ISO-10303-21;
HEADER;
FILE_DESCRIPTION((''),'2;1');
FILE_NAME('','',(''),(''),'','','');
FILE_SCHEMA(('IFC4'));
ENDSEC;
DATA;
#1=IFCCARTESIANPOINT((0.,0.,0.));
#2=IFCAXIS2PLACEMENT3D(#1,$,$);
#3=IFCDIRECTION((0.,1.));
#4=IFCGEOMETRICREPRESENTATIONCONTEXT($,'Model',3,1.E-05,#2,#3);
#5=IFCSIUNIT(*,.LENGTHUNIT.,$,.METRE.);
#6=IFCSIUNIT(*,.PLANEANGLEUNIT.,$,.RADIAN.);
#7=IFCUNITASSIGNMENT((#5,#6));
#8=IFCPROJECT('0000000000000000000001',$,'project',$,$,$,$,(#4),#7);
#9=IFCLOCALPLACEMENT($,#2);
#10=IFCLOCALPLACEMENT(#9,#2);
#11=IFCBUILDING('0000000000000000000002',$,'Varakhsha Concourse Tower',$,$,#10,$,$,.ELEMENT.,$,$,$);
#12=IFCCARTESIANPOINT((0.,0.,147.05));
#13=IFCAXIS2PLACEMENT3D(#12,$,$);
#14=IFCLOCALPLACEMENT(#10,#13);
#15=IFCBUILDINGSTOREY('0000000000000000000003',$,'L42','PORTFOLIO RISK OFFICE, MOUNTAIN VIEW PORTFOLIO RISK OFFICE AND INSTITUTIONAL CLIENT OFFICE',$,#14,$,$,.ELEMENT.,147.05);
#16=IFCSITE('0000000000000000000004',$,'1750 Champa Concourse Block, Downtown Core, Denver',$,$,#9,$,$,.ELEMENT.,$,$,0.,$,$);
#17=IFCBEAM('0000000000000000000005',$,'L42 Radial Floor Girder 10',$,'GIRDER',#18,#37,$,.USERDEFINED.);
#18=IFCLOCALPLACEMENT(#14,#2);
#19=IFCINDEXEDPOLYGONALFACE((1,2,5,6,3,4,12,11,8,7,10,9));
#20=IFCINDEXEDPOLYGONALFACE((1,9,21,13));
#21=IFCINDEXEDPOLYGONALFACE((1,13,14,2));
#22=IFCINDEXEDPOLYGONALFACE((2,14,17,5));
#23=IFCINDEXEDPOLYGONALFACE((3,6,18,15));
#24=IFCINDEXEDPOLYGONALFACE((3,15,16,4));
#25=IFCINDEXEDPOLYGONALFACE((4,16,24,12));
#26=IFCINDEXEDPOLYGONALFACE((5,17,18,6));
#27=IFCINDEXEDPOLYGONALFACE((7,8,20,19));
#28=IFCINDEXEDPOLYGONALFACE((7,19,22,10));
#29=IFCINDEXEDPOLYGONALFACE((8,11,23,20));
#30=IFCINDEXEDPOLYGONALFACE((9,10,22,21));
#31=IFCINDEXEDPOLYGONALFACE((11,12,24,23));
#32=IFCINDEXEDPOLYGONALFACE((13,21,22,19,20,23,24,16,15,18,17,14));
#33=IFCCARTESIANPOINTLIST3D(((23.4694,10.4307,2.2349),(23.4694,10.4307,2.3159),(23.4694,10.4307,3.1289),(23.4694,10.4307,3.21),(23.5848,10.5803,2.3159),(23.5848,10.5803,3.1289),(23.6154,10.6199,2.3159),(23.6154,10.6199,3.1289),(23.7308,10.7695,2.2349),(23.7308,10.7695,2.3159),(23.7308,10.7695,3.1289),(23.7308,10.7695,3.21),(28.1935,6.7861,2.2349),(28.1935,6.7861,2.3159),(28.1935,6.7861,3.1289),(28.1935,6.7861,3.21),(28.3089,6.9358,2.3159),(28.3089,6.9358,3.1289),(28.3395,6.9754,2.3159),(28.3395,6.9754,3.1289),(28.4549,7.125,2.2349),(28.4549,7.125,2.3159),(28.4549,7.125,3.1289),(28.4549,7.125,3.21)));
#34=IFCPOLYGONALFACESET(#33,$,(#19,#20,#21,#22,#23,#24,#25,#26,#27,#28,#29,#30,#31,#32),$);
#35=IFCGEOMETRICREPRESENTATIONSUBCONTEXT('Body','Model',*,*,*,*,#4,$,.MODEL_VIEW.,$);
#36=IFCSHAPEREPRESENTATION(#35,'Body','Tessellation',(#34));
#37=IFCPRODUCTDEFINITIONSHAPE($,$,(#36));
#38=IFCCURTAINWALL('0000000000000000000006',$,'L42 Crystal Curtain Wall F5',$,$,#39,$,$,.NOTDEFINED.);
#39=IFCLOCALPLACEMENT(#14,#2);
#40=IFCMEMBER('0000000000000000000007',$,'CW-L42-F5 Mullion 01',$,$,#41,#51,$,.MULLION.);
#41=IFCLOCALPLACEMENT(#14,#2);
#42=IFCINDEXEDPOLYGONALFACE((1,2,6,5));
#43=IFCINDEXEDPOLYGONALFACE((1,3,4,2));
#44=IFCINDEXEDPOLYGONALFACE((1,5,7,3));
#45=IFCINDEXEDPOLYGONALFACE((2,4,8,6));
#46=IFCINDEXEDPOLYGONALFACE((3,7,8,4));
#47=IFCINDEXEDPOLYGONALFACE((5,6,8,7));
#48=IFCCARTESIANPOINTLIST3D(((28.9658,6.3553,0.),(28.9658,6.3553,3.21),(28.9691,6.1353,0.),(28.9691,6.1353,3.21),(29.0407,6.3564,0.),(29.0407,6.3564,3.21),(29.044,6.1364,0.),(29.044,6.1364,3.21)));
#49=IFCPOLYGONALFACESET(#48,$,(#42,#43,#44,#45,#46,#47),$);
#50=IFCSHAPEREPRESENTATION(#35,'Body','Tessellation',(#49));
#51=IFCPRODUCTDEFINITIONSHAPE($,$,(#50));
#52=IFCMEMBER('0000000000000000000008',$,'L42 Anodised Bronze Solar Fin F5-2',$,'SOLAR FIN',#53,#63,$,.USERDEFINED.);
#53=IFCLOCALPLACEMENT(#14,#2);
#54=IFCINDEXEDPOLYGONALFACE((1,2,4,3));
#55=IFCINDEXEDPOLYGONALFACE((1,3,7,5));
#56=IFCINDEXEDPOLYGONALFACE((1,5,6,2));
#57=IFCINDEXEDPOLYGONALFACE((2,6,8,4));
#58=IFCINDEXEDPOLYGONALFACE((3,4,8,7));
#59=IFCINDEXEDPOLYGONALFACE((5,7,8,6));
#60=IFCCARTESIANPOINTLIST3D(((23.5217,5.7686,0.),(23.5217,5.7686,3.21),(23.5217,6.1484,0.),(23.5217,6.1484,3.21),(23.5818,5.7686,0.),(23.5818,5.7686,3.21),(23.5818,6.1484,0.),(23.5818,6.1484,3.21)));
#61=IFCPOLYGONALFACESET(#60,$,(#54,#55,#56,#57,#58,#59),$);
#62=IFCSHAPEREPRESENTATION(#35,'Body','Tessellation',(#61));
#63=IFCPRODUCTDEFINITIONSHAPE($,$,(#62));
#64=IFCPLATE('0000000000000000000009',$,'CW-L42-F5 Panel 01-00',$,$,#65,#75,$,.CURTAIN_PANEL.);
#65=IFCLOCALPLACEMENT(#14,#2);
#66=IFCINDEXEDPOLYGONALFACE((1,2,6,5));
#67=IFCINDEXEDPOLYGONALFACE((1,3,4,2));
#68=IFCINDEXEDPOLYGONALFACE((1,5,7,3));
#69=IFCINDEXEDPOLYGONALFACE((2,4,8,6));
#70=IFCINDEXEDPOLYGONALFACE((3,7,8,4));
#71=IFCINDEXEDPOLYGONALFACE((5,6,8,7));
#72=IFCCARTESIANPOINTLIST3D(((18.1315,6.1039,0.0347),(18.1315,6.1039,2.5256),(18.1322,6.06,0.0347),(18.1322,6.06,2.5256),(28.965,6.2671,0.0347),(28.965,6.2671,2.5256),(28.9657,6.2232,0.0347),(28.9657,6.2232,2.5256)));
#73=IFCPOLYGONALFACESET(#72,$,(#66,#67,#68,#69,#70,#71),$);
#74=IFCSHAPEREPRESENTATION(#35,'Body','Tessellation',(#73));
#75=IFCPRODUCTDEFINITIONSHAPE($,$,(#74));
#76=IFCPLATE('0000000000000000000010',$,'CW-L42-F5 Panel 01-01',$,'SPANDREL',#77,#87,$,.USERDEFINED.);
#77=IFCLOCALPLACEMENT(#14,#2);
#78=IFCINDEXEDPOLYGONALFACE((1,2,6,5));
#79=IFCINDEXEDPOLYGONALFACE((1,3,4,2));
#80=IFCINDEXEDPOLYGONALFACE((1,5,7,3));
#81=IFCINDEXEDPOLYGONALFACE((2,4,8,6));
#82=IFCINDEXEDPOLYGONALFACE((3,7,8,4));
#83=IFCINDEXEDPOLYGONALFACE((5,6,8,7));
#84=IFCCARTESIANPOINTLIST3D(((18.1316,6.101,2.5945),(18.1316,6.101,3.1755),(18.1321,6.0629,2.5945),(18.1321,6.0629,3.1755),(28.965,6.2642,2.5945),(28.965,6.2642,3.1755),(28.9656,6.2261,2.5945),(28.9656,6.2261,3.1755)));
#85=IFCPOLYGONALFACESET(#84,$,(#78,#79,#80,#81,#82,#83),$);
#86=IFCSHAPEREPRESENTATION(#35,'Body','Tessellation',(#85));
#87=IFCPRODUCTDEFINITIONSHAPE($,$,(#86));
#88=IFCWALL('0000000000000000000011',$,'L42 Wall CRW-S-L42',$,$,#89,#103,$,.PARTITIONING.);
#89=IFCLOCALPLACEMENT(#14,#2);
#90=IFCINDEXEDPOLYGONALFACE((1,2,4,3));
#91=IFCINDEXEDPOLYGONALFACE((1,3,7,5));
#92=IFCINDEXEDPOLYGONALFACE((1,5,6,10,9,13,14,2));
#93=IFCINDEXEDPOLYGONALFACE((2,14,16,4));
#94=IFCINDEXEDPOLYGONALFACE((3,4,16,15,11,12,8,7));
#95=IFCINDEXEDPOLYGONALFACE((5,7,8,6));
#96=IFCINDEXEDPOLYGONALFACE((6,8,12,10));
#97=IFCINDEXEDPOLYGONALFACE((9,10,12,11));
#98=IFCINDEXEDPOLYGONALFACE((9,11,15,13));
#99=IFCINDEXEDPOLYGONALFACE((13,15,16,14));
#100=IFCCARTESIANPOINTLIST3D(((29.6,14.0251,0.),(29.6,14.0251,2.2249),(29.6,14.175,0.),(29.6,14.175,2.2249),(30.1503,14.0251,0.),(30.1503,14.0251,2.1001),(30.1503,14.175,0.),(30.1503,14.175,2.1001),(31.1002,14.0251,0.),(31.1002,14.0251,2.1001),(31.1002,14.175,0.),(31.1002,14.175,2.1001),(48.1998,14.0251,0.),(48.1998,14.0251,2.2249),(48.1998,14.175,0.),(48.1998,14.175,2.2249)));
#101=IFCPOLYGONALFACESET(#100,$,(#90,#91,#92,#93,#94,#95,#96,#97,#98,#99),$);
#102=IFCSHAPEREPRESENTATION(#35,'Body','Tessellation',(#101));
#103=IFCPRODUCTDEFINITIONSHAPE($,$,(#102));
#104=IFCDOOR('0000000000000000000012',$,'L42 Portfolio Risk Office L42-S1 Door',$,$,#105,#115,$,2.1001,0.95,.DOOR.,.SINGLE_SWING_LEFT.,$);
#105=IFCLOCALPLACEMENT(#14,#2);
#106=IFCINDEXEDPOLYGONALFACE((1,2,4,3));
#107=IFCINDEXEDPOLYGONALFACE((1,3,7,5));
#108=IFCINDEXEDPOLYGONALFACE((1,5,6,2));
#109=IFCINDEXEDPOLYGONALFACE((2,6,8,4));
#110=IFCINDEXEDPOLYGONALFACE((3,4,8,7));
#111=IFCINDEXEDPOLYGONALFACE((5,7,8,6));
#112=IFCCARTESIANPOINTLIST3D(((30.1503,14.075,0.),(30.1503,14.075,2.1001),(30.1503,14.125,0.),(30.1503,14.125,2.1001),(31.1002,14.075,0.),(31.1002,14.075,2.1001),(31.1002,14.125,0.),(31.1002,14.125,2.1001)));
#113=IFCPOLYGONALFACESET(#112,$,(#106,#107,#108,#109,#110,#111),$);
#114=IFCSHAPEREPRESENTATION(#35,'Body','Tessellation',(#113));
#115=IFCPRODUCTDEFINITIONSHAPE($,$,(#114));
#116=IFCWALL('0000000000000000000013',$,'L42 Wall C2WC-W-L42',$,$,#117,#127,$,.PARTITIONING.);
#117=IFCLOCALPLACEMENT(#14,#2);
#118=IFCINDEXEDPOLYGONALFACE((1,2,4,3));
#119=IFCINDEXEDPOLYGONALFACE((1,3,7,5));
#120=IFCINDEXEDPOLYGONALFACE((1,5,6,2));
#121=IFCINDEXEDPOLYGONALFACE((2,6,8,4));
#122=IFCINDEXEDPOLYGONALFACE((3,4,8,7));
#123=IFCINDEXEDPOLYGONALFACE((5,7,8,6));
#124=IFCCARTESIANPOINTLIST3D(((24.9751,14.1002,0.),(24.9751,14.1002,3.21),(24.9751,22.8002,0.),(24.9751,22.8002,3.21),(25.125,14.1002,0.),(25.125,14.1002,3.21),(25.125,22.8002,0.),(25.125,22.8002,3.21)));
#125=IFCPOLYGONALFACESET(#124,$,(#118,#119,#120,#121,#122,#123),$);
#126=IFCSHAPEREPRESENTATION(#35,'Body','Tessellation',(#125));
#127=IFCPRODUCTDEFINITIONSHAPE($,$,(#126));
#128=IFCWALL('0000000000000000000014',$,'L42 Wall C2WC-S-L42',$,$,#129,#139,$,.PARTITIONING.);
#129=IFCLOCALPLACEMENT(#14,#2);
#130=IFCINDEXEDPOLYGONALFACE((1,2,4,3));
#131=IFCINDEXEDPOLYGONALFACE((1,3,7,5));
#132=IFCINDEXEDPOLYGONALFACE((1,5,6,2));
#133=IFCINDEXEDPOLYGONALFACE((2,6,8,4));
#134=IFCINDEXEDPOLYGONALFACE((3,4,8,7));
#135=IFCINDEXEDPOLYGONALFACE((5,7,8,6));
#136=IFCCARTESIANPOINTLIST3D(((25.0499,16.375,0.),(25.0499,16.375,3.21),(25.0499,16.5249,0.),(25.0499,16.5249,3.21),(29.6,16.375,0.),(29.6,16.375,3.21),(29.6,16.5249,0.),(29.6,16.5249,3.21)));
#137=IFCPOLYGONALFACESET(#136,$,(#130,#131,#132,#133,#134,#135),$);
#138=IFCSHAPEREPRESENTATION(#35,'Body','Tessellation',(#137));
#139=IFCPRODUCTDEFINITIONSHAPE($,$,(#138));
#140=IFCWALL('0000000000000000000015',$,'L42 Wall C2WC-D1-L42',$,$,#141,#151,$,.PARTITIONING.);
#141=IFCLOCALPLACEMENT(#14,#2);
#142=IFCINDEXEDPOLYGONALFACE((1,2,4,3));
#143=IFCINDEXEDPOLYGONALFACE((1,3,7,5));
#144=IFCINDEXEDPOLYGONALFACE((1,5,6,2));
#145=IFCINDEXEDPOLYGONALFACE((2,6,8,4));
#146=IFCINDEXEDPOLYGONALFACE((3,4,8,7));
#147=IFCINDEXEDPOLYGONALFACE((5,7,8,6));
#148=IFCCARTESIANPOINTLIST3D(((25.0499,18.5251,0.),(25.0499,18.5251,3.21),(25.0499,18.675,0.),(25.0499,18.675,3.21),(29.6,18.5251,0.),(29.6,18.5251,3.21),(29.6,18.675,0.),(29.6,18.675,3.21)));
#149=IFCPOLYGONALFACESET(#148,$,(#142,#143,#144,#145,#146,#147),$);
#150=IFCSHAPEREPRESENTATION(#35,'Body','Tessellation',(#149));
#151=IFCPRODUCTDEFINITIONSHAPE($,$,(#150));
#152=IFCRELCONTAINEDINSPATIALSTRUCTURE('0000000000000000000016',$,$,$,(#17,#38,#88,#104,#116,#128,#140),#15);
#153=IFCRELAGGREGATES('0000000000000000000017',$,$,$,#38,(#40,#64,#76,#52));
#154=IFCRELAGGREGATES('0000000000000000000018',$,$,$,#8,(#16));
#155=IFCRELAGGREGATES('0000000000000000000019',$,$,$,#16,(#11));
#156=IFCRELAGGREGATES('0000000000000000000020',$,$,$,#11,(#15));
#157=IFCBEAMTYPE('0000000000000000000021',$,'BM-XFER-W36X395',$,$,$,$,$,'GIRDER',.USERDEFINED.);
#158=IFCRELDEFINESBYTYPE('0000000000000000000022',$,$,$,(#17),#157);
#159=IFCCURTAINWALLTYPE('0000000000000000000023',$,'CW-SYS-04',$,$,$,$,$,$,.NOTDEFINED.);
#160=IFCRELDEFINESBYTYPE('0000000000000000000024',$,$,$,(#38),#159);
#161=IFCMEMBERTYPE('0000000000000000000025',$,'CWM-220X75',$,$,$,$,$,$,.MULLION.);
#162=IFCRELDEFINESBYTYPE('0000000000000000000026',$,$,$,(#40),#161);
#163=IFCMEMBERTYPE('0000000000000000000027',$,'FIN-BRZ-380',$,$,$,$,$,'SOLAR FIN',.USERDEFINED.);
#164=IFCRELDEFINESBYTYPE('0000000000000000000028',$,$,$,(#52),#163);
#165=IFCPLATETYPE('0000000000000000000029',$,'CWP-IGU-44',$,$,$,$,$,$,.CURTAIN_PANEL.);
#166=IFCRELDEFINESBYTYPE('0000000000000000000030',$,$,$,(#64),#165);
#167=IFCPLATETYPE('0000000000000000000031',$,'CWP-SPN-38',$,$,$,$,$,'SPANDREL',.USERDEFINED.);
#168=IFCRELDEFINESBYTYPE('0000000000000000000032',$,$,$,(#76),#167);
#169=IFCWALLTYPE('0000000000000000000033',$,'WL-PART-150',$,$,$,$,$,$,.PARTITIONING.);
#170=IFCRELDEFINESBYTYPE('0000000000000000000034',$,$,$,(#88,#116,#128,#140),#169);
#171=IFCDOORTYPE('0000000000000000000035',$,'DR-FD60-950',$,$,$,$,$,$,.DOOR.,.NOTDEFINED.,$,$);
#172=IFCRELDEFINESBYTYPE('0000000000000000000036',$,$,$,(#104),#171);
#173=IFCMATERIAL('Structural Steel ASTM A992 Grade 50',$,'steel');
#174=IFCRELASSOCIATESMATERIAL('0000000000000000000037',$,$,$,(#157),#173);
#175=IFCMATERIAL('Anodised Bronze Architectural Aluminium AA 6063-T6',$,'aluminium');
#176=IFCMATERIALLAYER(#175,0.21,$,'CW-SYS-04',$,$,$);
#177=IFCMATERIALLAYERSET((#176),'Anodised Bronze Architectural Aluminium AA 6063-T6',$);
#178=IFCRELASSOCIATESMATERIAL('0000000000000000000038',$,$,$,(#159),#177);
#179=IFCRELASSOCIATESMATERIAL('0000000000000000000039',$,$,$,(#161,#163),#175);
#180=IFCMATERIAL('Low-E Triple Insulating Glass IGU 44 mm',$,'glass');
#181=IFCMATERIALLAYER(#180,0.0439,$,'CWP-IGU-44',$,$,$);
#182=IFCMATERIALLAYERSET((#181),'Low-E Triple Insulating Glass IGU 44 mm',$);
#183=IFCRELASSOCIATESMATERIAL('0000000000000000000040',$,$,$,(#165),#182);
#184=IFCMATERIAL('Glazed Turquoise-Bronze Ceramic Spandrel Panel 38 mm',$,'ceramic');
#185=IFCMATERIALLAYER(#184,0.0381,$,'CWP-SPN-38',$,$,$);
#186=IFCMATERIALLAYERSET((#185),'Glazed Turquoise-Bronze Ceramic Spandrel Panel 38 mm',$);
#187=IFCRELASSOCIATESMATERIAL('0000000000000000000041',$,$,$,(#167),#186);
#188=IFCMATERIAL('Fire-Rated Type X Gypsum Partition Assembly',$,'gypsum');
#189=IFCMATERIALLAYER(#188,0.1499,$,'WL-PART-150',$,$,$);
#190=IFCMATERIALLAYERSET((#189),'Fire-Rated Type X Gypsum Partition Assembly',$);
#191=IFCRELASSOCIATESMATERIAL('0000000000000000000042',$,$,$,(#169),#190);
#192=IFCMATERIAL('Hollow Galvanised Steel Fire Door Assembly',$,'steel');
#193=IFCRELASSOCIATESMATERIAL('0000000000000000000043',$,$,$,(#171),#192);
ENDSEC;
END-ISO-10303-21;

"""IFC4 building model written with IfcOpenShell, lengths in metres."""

from ifc_helpers import new_model, si_unit, direction, frame, frame_2d, origin, origin_2d, place, context, subcontext, project, spatial, rectangle, i_section, extrude, source, transform, mapped, material, layer, layer_set, material_profile, profile_set, type_object, type_shapes, element, fill, aggregate, save


model = new_model("IFC4")

# Units and contexts
model_context = context("Model", 3, precision=1e-05, world=origin(), true_north=direction((0.0, 1.0)))
body_context = subcontext(model_context, "Body", "Model", "MODEL_VIEW")
ifc_project = project(units=[si_unit("LENGTHUNIT", "METRE"), si_unit("PLANEANGLEUNIT", "RADIAN")], contexts=[model_context])

# Site, building, storey
site_placement = place(None, origin())
site = spatial("IfcSite", under=ifc_project, at=site_placement, Name="1750 Champa Concourse Block, Downtown Core, Denver", CompositionType="ELEMENT", RefElevation=0.0)
building_placement = place(site_placement, origin())
building = spatial("IfcBuilding", under=site, at=building_placement, Name="Varakhsha Concourse Tower", CompositionType="ELEMENT")
storey_placement = place(building_placement, frame((0.0, 0.0, 147.05)))
storey = spatial("IfcBuildingStorey", under=building, at=storey_placement, Name="L42", Description="PORTFOLIO RISK OFFICE, MOUNTAIN VIEW PORTFOLIO RISK OFFICE AND INSTITUTIONAL CLIENT OFFICE", CompositionType="ELEMENT", Elevation=147.05)

# Shared definitions
ifc_material_1 = material(Name="Structural Steel ASTM A992 Grade 50", Category="steel")

# Beam
ifc_material_profile_1 = material_profile(ifc_material_1, i_section(OverallWidth=0.428, OverallDepth=0.9751, WebThickness=0.05, FlangeThickness=0.0811, at=origin_2d()), Name="W36X395")
ifc_profile_set_1 = profile_set([ifc_material_profile_1], Name="Structural Steel ASTM A992 Grade 50")
beam_type_1 = type_object("IfcBeamType", Name="BM-XFER-W36X395", ElementType="GIRDER", PredefinedType="USERDEFINED", material=ifc_profile_set_1)
beam_1_placement = place(storey_placement, frame((23.6001, 10.6001, 2.7224), z_axis=(0.791765, -0.610825, 0.0), x_axis=(0.610825, 0.791765, 0.0)))
element("IfcBeam", 1, at=beam_1_placement, inside=storey, type_object=beam_type_1, Name="L42 Radial Floor Girder 10", ObjectType="GIRDER", PredefinedType="USERDEFINED", context=body_context, shape_type="SweptSolid", body=[
    extrude(i_section(OverallWidth=0.428, OverallDepth=0.9751, WebThickness=0.05, FlangeThickness=0.0811, at=origin_2d()), origin(), (0.0, 0.0, 1.0), 5.9666),
])

# Curtain wall, members, plates
ifc_material_2 = material(Name="Anodised Bronze Architectural Aluminium AA 6063-T6", Category="aluminium")
ifc_layer_1 = layer(ifc_material_2, 0.21, Name="CW-SYS-04")
ifc_layer_set_1 = layer_set([ifc_layer_1], Name="Anodised Bronze Architectural Aluminium AA 6063-T6")
curtain_wall_type = type_object("IfcCurtainWallType", Name="CW-SYS-04", PredefinedType="NOTDEFINED", material=ifc_layer_set_1)
curtain_wall_placement = place(storey_placement, origin())
curtain_wall = element("IfcCurtainWall", 2, at=curtain_wall_placement, inside=storey, type_object=curtain_wall_type, Name="L42 Crystal Curtain Wall F5", PredefinedType="NOTDEFINED")
ifc_material_profile_2 = material_profile(ifc_material_2, rectangle(XDim=0.075, YDim=0.22, at=origin_2d()), Name="CWM-220X75")
ifc_profile_set_2 = profile_set([ifc_material_profile_2], Name="Anodised Bronze Architectural Aluminium AA 6063-T6")
member_type_1 = type_object("IfcMemberType", Name="CWM-220X75", PredefinedType="MULLION", material=ifc_profile_set_2)
shared_shape_1 = source(origin(), body_context, "Body", "SweptSolid", [
    extrude(rectangle(XDim=0.075, YDim=0.22, at=origin_2d()), origin(), (0.0, 0.0, 1.0), 3.21),
])
type_shapes(member_type_1, [shared_shape_1])
member_1_placement = place(storey_placement, frame((29.0049, 6.2458, 0.0), z_axis=(0.0, 0.0, 1.0), x_axis=(-0.999887, -0.015063, 0.0)))
member_1 = element("IfcMember", 3, at=member_1_placement, type_object=member_type_1, Name="CW-L42-F5 Mullion 01", PredefinedType="MULLION", context=body_context, shape_type="MappedRepresentation", body=[
    mapped(shared_shape_1, transform((0.0, 0.0, 0.0), scale=1.0)),
])
ifc_material_profile_3 = material_profile(ifc_material_2, rectangle(XDim=0.0601, YDim=0.3799, at=origin_2d()), Name="FIN-BRZ-380")
ifc_profile_set_3 = profile_set([ifc_material_profile_3], Name="Anodised Bronze Architectural Aluminium AA 6063-T6")
member_type_2 = type_object("IfcMemberType", Name="FIN-BRZ-380", ElementType="SOLAR FIN", PredefinedType="USERDEFINED", material=ifc_profile_set_3)
shared_shape_2 = source(origin(), body_context, "Body", "SweptSolid", [
    extrude(rectangle(XDim=0.0601, YDim=0.3799, at=origin_2d()), origin(), (0.0, 0.0, 1.0), 3.21),
])
type_shapes(member_type_2, [shared_shape_2])
member_2_placement = place(storey_placement, frame((23.5518, 5.9585, 0.0), z_axis=(0.0, 0.0, 1.0), x_axis=(1.0, 0.0, 0.0)))
member_2 = element("IfcMember", 4, at=member_2_placement, type_object=member_type_2, Name="L42 Anodised Bronze Solar Fin F5-2", ObjectType="SOLAR FIN", PredefinedType="USERDEFINED", context=body_context, shape_type="MappedRepresentation", body=[
    mapped(shared_shape_2, transform((0.0, 0.0, 0.0), scale=1.0)),
])
ifc_material_3 = material(Name="Low-E Triple Insulating Glass IGU 44 mm", Category="glass")
ifc_layer_2 = layer(ifc_material_3, 0.0439, Name="CWP-IGU-44")
ifc_layer_set_2 = layer_set([ifc_layer_2], Name="Low-E Triple Insulating Glass IGU 44 mm")
plate_type_1 = type_object("IfcPlateType", Name="CWP-IGU-44", PredefinedType="CURTAIN_PANEL", material=ifc_layer_set_2)
shared_shape_3 = source(origin(), body_context, "Body", "SweptSolid", [
    extrude(rectangle(XDim=10.8347, YDim=0.0439, at=origin_2d()), origin(), (0.0, 0.0, 1.0), 2.491),
])
type_shapes(plate_type_1, [shared_shape_3])
plate_1_placement = place(storey_placement, frame((23.5486, 6.1636, 0.0347), z_axis=(0.0, 0.0, 1.0), x_axis=(-0.999887, -0.015063, 0.0)))
plate_1 = element("IfcPlate", 5, at=plate_1_placement, type_object=plate_type_1, Name="CW-L42-F5 Panel 01-00", PredefinedType="CURTAIN_PANEL", context=body_context, shape_type="MappedRepresentation", body=[
    mapped(shared_shape_3, transform((0.0, 0.0, 0.0), scale=1.0)),
])
ifc_material_4 = material(Name="Glazed Turquoise-Bronze Ceramic Spandrel Panel 38 mm", Category="ceramic")
ifc_layer_3 = layer(ifc_material_4, 0.0381, Name="CWP-SPN-38")
ifc_layer_set_3 = layer_set([ifc_layer_3], Name="Glazed Turquoise-Bronze Ceramic Spandrel Panel 38 mm")
plate_type_2 = type_object("IfcPlateType", Name="CWP-SPN-38", ElementType="SPANDREL", PredefinedType="USERDEFINED", material=ifc_layer_set_3)
shared_shape_4 = source(origin(), body_context, "Body", "SweptSolid", [
    extrude(rectangle(XDim=10.8347, YDim=0.0381, at=origin_2d()), origin(), (0.0, 0.0, 1.0), 0.5811),
])
type_shapes(plate_type_2, [shared_shape_4])
plate_2_placement = place(storey_placement, frame((23.5486, 6.1636, 2.5945), z_axis=(0.0, 0.0, 1.0), x_axis=(-0.999887, -0.015063, 0.0)))
plate_2 = element("IfcPlate", 6, at=plate_2_placement, type_object=plate_type_2, Name="CW-L42-F5 Panel 01-01", ObjectType="SPANDREL", PredefinedType="USERDEFINED", context=body_context, shape_type="MappedRepresentation", body=[
    mapped(shared_shape_4, transform((0.0, 0.0, 0.0), scale=1.0)),
])
aggregate(curtain_wall, [member_1, plate_1, plate_2, member_2])

# Wall, opening, door
ifc_material_5 = material(Name="Fire-Rated Type X Gypsum Partition Assembly", Category="gypsum")
ifc_layer_4 = layer(ifc_material_5, 0.1499, Name="WL-PART-150")
ifc_layer_set_4 = layer_set([ifc_layer_4], Name="Fire-Rated Type X Gypsum Partition Assembly")
wall_type = type_object("IfcWallType", Name="WL-PART-150", PredefinedType="PARTITIONING", material=ifc_layer_set_4)
wall_1_placement = place(storey_placement, frame((29.6001, 14.1001, 0.0), z_axis=(0.0, 0.0, 1.0), x_axis=(1.0, 0.0, 0.0)))
wall_1 = element("IfcWall", 7, at=wall_1_placement, inside=storey, type_object=wall_type, Name="L42 Wall CRW-S-L42", PredefinedType="PARTITIONING", context=body_context, shape_type="SweptSolid", body=[
    extrude(rectangle(XDim=18.5999, YDim=0.1499, at=frame_2d((9.2998, 0.0))), origin(), (0.0, 0.0, 1.0), 2.2249),
])
opening_placement = place(wall_1_placement, frame((0.55, 0.0, 0.0)))
opening = element("IfcOpeningElement", 8, at=opening_placement, cuts=wall_1, PredefinedType="OPENING", context=body_context, shape_type="SweptSolid", body=[
    extrude(rectangle(XDim=0.95, YDim=2.1001, at=frame_2d((0.4751, 1.05))), frame((0.0, 0.085, 0.0), z_axis=(0.0, -1.0, 0.0), x_axis=(1.0, 0.0, 0.0)), (0.0, 0.0, 1.0), 0.1699),
])
ifc_material_6 = material(Name="Hollow Galvanised Steel Fire Door Assembly", Category="steel")
door_type = type_object("IfcDoorType", Name="DR-FD60-950", OperationType="NOTDEFINED", PredefinedType="DOOR", material=ifc_material_6)
door_placement = place(opening_placement, origin())
door = element("IfcDoor", 9, at=door_placement, inside=storey, type_object=door_type, Name="L42 Portfolio Risk Office L42-S1 Door", OperationType="SINGLE_SWING_LEFT", OverallHeight=2.1001, OverallWidth=0.95, PredefinedType="DOOR", context=body_context, shape_type="SweptSolid", body=[
    extrude(rectangle(XDim=0.95, YDim=2.1001, at=frame_2d((0.4751, 1.05))), frame((0.0, 0.0249, 0.0), z_axis=(0.0, -1.0, 0.0), x_axis=(1.0, 0.0, 0.0)), (0.0, 0.0, 1.0), 0.05),
])
fill(opening, door)

# Walls
wall_2_placement = place(storey_placement, frame((25.05, 14.1001, 0.0), z_axis=(0.0, 0.0, 1.0), x_axis=(0.0, 1.0, 0.0)))
element("IfcWall", 10, at=wall_2_placement, inside=storey, type_object=wall_type, Name="L42 Wall C2WC-W-L42", PredefinedType="PARTITIONING", context=body_context, shape_type="SweptSolid", body=[
    extrude(rectangle(XDim=8.7, YDim=0.1499, at=frame_2d((4.3501, 0.0))), origin(), (0.0, 0.0, 1.0), 3.21),
])
for number, where, z_axis, x_axis, name in (
    (11, (25.05, 16.45, 0.0), (0.0, 0.0, 1.0), (1.0, 0.0, 0.0), "L42 Wall C2WC-S-L42"),
    (12, (25.05, 18.6001, 0.0), (0.0, 0.0, 1.0), (1.0, 0.0, 0.0), "L42 Wall C2WC-D1-L42"),
):
    element("IfcWall", number, at=place(storey_placement, frame(where, z_axis=z_axis, x_axis=x_axis)), inside=storey, type_object=wall_type, Name=name, PredefinedType="PARTITIONING", context=body_context, shape_type="SweptSolid", body=[
        extrude(rectangle(XDim=4.55, YDim=0.1499, at=frame_2d((2.2749, 0.0))), origin(), (0.0, 0.0, 1.0), 3.21),
    ])

save(model, "model.ifc")
